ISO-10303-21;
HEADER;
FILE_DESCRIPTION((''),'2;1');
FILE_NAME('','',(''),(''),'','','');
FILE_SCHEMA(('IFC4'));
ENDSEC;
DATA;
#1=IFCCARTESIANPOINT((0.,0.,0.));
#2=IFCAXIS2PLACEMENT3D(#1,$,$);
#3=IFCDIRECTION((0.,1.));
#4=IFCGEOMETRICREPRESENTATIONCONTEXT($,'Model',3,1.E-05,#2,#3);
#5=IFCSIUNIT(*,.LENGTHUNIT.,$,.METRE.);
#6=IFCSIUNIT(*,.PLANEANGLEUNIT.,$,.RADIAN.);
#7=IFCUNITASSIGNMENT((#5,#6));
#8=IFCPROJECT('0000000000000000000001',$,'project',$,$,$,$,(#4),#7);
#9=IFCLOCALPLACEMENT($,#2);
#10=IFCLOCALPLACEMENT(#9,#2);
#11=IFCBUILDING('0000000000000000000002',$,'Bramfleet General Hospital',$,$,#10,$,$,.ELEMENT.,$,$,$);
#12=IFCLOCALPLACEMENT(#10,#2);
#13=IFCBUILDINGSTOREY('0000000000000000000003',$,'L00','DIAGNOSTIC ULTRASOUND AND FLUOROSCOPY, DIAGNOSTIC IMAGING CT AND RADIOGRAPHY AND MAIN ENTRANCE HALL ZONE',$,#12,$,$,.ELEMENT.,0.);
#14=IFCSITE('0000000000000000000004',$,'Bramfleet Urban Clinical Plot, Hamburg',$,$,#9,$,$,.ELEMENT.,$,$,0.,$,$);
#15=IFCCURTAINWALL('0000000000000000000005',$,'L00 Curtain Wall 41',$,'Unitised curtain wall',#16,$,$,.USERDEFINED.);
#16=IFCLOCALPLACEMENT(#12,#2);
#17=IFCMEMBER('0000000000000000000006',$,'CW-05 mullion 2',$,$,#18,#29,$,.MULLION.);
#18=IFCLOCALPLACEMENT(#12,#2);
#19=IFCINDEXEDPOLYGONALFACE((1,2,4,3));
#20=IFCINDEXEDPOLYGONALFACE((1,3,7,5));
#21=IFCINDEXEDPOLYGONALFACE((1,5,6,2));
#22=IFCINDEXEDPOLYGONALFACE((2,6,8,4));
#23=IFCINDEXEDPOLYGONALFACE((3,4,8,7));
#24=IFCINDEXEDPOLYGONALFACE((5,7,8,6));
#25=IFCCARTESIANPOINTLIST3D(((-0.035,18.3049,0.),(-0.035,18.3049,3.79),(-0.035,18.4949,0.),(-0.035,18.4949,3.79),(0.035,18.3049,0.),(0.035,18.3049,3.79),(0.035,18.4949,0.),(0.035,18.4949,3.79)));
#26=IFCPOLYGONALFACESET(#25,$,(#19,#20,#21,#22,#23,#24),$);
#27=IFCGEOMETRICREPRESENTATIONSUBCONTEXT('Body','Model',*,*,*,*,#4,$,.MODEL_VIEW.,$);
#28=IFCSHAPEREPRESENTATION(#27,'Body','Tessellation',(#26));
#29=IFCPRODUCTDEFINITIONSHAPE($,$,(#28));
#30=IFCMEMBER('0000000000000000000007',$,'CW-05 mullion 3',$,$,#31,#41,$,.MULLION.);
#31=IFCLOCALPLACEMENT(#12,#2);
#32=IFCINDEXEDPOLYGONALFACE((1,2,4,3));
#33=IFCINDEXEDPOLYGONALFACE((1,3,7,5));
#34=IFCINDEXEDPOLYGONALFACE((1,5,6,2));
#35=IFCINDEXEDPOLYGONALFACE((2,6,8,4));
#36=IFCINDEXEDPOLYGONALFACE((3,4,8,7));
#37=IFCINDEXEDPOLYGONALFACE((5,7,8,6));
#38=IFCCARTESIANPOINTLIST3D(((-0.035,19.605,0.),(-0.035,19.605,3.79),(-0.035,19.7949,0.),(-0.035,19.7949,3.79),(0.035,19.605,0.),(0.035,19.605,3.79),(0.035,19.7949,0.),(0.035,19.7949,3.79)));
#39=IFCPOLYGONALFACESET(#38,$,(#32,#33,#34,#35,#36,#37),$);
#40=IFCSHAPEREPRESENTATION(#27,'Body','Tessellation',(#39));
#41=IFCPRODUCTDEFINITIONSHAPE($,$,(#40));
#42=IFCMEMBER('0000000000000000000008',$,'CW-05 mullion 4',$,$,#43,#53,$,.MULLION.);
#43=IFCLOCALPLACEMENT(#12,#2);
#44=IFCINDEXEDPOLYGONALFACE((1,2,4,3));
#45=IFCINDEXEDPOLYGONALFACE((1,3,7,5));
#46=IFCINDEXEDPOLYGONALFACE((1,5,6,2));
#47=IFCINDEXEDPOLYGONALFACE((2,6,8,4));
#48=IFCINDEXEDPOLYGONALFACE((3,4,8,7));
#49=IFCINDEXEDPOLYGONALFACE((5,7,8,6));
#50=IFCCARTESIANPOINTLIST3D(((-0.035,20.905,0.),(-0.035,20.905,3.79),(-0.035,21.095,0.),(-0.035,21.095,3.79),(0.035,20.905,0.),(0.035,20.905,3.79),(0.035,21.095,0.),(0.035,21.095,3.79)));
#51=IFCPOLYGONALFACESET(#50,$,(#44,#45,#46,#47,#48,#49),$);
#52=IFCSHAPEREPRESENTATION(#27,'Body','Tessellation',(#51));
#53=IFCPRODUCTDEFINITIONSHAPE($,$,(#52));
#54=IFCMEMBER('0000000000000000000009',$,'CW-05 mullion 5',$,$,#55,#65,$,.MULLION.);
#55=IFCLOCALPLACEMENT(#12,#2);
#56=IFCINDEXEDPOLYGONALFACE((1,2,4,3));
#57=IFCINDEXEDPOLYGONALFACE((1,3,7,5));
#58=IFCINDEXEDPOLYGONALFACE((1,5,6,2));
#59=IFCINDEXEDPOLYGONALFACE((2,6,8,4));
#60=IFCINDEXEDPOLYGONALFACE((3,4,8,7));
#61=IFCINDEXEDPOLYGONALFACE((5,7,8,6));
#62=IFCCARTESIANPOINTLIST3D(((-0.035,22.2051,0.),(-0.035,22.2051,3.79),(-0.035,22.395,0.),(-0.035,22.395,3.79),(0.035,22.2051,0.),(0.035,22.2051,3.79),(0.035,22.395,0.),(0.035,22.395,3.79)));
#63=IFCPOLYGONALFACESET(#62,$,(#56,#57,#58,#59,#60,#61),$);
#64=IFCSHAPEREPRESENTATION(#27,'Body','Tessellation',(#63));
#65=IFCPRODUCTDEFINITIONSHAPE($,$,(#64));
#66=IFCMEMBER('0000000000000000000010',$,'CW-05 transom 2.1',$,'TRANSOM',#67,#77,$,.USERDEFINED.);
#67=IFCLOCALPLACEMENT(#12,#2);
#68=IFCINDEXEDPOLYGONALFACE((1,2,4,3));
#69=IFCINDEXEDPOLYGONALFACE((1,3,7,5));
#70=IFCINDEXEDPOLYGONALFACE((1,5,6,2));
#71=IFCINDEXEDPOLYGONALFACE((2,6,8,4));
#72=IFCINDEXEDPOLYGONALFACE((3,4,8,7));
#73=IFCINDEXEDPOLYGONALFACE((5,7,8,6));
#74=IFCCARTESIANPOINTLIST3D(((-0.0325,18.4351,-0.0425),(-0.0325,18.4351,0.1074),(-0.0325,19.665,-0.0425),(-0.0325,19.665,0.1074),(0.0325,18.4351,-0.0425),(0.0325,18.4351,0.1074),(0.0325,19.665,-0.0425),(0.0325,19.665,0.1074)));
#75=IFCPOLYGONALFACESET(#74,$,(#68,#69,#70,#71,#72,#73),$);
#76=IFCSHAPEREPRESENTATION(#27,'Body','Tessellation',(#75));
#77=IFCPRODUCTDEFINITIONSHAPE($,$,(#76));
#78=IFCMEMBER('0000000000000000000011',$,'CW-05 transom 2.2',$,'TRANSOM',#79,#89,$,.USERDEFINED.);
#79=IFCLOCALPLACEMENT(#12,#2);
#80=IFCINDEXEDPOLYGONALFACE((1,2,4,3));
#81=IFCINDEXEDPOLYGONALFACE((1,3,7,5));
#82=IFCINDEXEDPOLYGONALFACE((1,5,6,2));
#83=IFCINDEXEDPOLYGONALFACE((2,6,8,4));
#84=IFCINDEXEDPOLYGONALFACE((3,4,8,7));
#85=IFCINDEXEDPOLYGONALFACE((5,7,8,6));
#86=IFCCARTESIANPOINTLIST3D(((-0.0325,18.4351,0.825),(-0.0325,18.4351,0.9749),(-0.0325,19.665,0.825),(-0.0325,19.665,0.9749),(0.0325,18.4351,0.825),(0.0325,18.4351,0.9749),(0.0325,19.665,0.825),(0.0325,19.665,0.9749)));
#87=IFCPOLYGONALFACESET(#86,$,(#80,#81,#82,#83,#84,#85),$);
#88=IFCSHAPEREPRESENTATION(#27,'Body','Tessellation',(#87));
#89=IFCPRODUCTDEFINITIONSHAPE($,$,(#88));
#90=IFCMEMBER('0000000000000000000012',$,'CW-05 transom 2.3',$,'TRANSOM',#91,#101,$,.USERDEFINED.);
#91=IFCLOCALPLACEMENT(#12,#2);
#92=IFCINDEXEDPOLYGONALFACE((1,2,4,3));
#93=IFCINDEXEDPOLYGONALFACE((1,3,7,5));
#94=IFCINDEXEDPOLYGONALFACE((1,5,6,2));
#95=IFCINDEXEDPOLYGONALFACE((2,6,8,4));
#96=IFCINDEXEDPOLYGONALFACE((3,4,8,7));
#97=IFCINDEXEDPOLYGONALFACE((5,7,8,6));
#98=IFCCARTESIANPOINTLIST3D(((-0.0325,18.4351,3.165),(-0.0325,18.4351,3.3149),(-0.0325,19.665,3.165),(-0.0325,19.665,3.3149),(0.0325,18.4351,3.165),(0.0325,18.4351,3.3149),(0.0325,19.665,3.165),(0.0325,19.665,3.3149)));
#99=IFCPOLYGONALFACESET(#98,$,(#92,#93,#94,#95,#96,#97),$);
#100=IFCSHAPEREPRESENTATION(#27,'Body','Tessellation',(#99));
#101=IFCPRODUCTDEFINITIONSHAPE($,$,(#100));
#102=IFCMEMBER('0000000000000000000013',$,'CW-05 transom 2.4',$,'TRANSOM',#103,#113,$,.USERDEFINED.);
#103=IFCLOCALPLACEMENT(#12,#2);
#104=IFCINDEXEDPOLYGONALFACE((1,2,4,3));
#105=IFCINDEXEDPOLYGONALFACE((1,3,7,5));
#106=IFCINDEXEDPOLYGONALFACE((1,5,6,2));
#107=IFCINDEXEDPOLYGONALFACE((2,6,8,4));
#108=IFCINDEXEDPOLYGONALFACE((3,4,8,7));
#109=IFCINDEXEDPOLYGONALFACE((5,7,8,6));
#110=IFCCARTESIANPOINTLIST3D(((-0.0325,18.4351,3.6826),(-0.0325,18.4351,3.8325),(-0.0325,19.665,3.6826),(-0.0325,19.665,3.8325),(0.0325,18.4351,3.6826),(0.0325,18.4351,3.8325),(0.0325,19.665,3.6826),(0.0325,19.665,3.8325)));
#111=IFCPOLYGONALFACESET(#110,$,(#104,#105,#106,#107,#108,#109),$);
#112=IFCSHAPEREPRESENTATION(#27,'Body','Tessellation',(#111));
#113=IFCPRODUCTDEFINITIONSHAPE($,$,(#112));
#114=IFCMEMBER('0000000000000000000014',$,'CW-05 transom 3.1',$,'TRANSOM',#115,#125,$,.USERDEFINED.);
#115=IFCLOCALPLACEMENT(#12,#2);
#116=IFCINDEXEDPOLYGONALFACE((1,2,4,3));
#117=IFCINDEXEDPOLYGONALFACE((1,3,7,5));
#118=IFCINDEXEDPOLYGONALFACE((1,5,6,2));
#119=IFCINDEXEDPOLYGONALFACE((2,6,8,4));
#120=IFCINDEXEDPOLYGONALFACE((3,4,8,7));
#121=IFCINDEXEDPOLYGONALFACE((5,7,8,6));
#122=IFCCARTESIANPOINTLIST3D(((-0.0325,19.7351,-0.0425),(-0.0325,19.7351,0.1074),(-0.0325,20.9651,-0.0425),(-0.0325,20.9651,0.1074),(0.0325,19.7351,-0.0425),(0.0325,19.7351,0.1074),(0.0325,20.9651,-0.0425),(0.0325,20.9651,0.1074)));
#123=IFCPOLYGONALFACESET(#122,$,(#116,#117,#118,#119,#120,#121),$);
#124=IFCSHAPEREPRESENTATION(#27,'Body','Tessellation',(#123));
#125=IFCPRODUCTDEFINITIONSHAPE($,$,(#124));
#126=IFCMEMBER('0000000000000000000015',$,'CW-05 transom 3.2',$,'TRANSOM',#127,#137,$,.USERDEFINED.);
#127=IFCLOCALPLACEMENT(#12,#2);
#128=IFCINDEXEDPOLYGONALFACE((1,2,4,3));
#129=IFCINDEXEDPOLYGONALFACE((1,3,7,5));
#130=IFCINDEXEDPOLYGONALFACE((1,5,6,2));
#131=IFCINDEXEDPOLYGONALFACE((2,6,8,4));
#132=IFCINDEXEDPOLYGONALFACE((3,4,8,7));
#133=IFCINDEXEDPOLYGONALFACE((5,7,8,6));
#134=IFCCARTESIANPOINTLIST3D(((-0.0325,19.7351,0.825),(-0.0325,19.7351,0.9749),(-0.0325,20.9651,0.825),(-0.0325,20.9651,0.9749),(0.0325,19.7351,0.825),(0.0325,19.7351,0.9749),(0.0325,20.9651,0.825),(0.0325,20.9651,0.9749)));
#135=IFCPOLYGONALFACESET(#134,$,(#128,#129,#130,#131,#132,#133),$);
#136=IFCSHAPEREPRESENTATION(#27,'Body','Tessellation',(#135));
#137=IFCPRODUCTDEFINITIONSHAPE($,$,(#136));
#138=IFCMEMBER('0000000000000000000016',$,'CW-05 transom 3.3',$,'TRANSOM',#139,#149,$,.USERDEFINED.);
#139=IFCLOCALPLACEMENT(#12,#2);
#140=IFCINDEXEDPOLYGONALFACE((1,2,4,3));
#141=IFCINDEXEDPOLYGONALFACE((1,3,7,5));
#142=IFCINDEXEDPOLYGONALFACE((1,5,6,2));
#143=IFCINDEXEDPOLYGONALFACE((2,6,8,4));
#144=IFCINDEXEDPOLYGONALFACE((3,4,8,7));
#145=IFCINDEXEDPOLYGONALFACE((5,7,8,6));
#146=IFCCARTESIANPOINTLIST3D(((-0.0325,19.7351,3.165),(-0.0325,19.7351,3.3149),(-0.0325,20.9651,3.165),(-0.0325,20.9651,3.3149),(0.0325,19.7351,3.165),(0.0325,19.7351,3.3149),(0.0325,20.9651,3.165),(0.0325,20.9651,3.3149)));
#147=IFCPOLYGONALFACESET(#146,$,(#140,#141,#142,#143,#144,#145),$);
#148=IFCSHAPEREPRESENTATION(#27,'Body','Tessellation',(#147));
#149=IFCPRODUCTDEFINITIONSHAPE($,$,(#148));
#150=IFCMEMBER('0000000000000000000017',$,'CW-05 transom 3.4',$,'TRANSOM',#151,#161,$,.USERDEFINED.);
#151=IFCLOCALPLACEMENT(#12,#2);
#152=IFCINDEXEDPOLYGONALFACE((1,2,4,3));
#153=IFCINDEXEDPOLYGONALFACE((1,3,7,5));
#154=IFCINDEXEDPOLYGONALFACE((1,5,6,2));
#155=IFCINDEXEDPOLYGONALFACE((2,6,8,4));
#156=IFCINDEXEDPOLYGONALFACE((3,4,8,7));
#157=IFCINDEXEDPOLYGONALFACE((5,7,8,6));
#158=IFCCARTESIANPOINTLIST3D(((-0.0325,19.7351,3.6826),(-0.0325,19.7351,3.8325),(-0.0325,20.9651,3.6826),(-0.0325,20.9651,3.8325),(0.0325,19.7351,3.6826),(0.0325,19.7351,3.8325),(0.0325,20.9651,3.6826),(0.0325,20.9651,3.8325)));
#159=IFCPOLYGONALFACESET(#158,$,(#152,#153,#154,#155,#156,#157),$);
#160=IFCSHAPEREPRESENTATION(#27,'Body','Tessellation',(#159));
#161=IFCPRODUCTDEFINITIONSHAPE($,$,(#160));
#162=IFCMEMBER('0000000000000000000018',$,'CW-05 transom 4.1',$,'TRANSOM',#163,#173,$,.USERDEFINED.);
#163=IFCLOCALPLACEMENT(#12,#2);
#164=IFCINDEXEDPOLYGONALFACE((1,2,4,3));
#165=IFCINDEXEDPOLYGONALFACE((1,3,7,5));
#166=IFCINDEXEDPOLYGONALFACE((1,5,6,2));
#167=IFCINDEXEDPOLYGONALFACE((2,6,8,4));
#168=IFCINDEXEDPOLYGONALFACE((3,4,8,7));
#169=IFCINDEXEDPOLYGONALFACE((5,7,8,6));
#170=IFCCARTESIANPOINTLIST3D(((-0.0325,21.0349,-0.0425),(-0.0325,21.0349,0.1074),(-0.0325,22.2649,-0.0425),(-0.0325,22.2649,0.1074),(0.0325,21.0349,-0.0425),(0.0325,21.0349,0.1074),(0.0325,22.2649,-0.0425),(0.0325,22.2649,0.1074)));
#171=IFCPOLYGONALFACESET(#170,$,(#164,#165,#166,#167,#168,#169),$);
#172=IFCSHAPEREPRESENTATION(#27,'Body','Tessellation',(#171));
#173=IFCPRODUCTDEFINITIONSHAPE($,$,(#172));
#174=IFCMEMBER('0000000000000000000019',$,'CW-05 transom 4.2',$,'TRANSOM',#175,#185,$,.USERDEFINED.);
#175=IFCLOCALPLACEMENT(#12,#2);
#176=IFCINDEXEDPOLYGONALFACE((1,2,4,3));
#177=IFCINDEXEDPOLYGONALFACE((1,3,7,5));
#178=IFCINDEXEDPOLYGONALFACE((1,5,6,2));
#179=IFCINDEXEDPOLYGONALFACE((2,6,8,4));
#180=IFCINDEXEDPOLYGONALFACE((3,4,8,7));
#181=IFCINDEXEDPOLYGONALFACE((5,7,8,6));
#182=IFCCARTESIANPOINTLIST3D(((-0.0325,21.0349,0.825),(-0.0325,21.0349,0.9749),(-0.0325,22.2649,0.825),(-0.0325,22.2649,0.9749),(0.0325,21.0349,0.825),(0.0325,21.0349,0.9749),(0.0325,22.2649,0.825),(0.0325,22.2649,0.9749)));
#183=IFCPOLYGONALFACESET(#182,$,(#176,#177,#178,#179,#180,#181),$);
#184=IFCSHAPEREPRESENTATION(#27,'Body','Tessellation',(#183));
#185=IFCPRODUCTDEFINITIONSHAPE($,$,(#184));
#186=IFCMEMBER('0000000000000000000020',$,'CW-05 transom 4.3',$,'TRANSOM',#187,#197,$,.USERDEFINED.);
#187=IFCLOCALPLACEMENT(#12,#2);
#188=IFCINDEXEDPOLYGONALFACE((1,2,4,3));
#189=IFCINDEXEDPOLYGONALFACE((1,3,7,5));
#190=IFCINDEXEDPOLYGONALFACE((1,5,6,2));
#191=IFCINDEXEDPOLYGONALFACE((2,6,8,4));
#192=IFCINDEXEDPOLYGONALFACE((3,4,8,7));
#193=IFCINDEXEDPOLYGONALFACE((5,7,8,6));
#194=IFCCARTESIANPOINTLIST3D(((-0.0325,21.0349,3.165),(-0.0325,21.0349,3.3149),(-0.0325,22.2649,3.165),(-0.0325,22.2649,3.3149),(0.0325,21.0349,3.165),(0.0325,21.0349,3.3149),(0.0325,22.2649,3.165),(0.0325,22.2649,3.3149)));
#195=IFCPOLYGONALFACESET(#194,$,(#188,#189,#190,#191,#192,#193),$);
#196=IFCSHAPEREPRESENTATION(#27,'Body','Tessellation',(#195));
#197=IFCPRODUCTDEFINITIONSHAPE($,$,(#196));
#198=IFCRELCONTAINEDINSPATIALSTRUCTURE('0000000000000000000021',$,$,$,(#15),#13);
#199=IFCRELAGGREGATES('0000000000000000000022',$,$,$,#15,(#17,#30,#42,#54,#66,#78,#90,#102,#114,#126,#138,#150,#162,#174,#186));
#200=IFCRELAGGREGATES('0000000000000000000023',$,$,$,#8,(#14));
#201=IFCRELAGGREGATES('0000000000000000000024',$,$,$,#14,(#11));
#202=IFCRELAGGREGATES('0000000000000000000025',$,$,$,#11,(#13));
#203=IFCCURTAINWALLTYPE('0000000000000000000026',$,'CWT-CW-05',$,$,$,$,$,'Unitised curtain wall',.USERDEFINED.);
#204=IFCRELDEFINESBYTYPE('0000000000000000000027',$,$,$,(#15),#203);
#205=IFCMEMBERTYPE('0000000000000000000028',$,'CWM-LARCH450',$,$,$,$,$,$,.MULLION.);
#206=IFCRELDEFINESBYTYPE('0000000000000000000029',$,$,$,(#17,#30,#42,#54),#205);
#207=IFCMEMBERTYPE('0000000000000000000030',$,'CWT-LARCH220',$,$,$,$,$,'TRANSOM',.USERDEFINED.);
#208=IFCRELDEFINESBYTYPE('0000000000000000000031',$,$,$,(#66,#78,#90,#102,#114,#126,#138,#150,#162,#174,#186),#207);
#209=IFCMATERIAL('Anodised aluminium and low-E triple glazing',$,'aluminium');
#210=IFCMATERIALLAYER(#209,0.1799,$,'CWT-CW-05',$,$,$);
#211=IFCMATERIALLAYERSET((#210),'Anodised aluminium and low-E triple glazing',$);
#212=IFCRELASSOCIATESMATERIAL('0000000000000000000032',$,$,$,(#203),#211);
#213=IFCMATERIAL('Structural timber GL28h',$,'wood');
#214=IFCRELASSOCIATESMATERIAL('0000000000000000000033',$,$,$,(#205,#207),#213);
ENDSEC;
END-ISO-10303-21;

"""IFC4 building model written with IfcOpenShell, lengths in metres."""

from ifc_helpers import new_model, si_unit, direction, frame, origin, origin_2d, place, context, subcontext, project, spatial, rectangle, extrude, material, layer, layer_set, material_profile, profile_set, type_object, element, aggregate, save


model = new_model("IFC4")

# Units and contexts
model_context = context("Model", 3, precision=1e-05, world=origin(), true_north=direction((0.0, 1.0)))
body_context = subcontext(model_context, "Body", "Model", "MODEL_VIEW")
ifc_project = project(units=[si_unit("LENGTHUNIT", "METRE"), si_unit("PLANEANGLEUNIT", "RADIAN")], contexts=[model_context])

# Site, building, storey
site_placement = place(None, origin())
site = spatial("IfcSite", under=ifc_project, at=site_placement, Name="Bramfleet Urban Clinical Plot, Hamburg", CompositionType="ELEMENT", RefElevation=0.0)
building_placement = place(site_placement, origin())
building = spatial("IfcBuilding", under=site, at=building_placement, Name="Bramfleet General Hospital", CompositionType="ELEMENT")
storey_placement = place(building_placement, origin())
storey = spatial("IfcBuildingStorey", under=building, at=storey_placement, Name="L00", Description="DIAGNOSTIC ULTRASOUND AND FLUOROSCOPY, DIAGNOSTIC IMAGING CT AND RADIOGRAPHY AND MAIN ENTRANCE HALL ZONE", CompositionType="ELEMENT", Elevation=0.0)

# Curtain wall, members
ifc_material_1 = material(Name="Anodised aluminium and low-E triple glazing", Category="aluminium")
ifc_layer_1 = layer(ifc_material_1, 0.1799, Name="CWT-CW-05")
ifc_layer_set_1 = layer_set([ifc_layer_1], Name="Anodised aluminium and low-E triple glazing")
curtain_wall_type = type_object("IfcCurtainWallType", Name="CWT-CW-05", ElementType="Unitised curtain wall", PredefinedType="USERDEFINED", material=ifc_layer_set_1)
curtain_wall_placement = place(storey_placement, origin())
curtain_wall = element("IfcCurtainWall", 1, at=curtain_wall_placement, inside=storey, type_object=curtain_wall_type, Name="L00 Curtain Wall 41", ObjectType="Unitised curtain wall", PredefinedType="USERDEFINED")
ifc_material_2 = material(Name="Structural timber GL28h", Category="wood")
ifc_material_profile_1 = material_profile(ifc_material_2, rectangle(XDim=0.0701, YDim=0.1899, at=origin_2d()), Name="LARCH 190x70")
ifc_profile_set_1 = profile_set([ifc_material_profile_1], Name="Structural timber GL28h")
member_type_1 = type_object("IfcMemberType", Name="CWM-LARCH450", PredefinedType="MULLION", material=ifc_profile_set_1)
member_1_placement = place(storey_placement, frame((0.0, 18.3999, 0.0), z_axis=(0.0, 0.0, 1.0), x_axis=(-1.0, 0.0, 0.0)))
member_1 = element("IfcMember", 2, at=member_1_placement, type_object=member_type_1, Name="CW-05 mullion 2", PredefinedType="MULLION", context=body_context, shape_type="SweptSolid", body=[
    extrude(rectangle(XDim=0.0701, YDim=0.1899, at=origin_2d()), origin(), (0.0, 0.0, 1.0), 3.79),
])
member_2_placement = place(storey_placement, frame((0.0, 19.7, 0.0), z_axis=(0.0, 0.0, 1.0), x_axis=(-1.0, 0.0, 0.0)))
member_2 = element("IfcMember", 3, at=member_2_placement, type_object=member_type_1, Name="CW-05 mullion 3", PredefinedType="MULLION", context=body_context, shape_type="SweptSolid", body=[
    extrude(rectangle(XDim=0.0701, YDim=0.1899, at=origin_2d()), origin(), (0.0, 0.0, 1.0), 3.79),
])
member_3_placement = place(storey_placement, frame((0.0, 21.0, 0.0), z_axis=(0.0, 0.0, 1.0), x_axis=(-1.0, 0.0, 0.0)))
member_3 = element("IfcMember", 4, at=member_3_placement, type_object=member_type_1, Name="CW-05 mullion 4", PredefinedType="MULLION", context=body_context, shape_type="SweptSolid", body=[
    extrude(rectangle(XDim=0.0701, YDim=0.1899, at=origin_2d()), origin(), (0.0, 0.0, 1.0), 3.79),
])
member_4_placement = place(storey_placement, frame((0.0, 22.3, 0.0), z_axis=(0.0, 0.0, 1.0), x_axis=(-1.0, 0.0, 0.0)))
member_4 = element("IfcMember", 5, at=member_4_placement, type_object=member_type_1, Name="CW-05 mullion 5", PredefinedType="MULLION", context=body_context, shape_type="SweptSolid", body=[
    extrude(rectangle(XDim=0.0701, YDim=0.1899, at=origin_2d()), origin(), (0.0, 0.0, 1.0), 3.79),
])
ifc_material_profile_2 = material_profile(ifc_material_2, rectangle(XDim=0.0649, YDim=0.1499, at=origin_2d()), Name="LARCH 150x65")
ifc_profile_set_2 = profile_set([ifc_material_profile_2], Name="Structural timber GL28h")
member_type_2 = type_object("IfcMemberType", Name="CWT-LARCH220", ElementType="TRANSOM", PredefinedType="USERDEFINED", material=ifc_profile_set_2)
member_5_placement = place(storey_placement, frame((0.0, 18.4351, 0.0325), z_axis=(0.0, 1.0, 0.0), x_axis=(-1.0, 0.0, 0.0)))
member_5 = element("IfcMember", 6, at=member_5_placement, type_object=member_type_2, Name="CW-05 transom 2.1", ObjectType="TRANSOM", PredefinedType="USERDEFINED", context=body_context, shape_type="SweptSolid", body=[
    extrude(rectangle(XDim=0.0649, YDim=0.1499, at=origin_2d()), origin(), (0.0, 0.0, 1.0), 1.23),
])
member_6_placement = place(storey_placement, frame((0.0, 18.4351, 0.8999), z_axis=(0.0, 1.0, 0.0), x_axis=(-1.0, 0.0, 0.0)))
member_6 = element("IfcMember", 7, at=member_6_placement, type_object=member_type_2, Name="CW-05 transom 2.2", ObjectType="TRANSOM", PredefinedType="USERDEFINED", context=body_context, shape_type="SweptSolid", body=[
    extrude(rectangle(XDim=0.0649, YDim=0.1499, at=origin_2d()), origin(), (0.0, 0.0, 1.0), 1.23),
])
member_7_placement = place(storey_placement, frame((0.0, 18.4351, 3.24), z_axis=(0.0, 1.0, 0.0), x_axis=(-1.0, 0.0, 0.0)))
member_7 = element("IfcMember", 8, at=member_7_placement, type_object=member_type_2, Name="CW-05 transom 2.3", ObjectType="TRANSOM", PredefinedType="USERDEFINED", context=body_context, shape_type="SweptSolid", body=[
    extrude(rectangle(XDim=0.0649, YDim=0.1499, at=origin_2d()), origin(), (0.0, 0.0, 1.0), 1.23),
])
member_8_placement = place(storey_placement, frame((0.0, 18.4351, 3.7576), z_axis=(0.0, 1.0, 0.0), x_axis=(-1.0, 0.0, 0.0)))
member_8 = element("IfcMember", 9, at=member_8_placement, type_object=member_type_2, Name="CW-05 transom 2.4", ObjectType="TRANSOM", PredefinedType="USERDEFINED", context=body_context, shape_type="SweptSolid", body=[
    extrude(rectangle(XDim=0.0649, YDim=0.1499, at=origin_2d()), origin(), (0.0, 0.0, 1.0), 1.23),
])
member_9_placement = place(storey_placement, frame((0.0, 19.7351, 0.0325), z_axis=(0.0, 1.0, 0.0), x_axis=(-1.0, 0.0, 0.0)))
member_9 = element("IfcMember", 10, at=member_9_placement, type_object=member_type_2, Name="CW-05 transom 3.1", ObjectType="TRANSOM", PredefinedType="USERDEFINED", context=body_context, shape_type="SweptSolid", body=[
    extrude(rectangle(XDim=0.0649, YDim=0.1499, at=origin_2d()), origin(), (0.0, 0.0, 1.0), 1.23),
])
member_10_placement = place(storey_placement, frame((0.0, 19.7351, 0.8999), z_axis=(0.0, 1.0, 0.0), x_axis=(-1.0, 0.0, 0.0)))
member_10 = element("IfcMember", 11, at=member_10_placement, type_object=member_type_2, Name="CW-05 transom 3.2", ObjectType="TRANSOM", PredefinedType="USERDEFINED", context=body_context, shape_type="SweptSolid", body=[
    extrude(rectangle(XDim=0.0649, YDim=0.1499, at=origin_2d()), origin(), (0.0, 0.0, 1.0), 1.23),
])
member_11_placement = place(storey_placement, frame((0.0, 19.7351, 3.24), z_axis=(0.0, 1.0, 0.0), x_axis=(-1.0, 0.0, 0.0)))
member_11 = element("IfcMember", 12, at=member_11_placement, type_object=member_type_2, Name="CW-05 transom 3.3", ObjectType="TRANSOM", PredefinedType="USERDEFINED", context=body_context, shape_type="SweptSolid", body=[
    extrude(rectangle(XDim=0.0649, YDim=0.1499, at=origin_2d()), origin(), (0.0, 0.0, 1.0), 1.23),
])
member_12_placement = place(storey_placement, frame((0.0, 19.7351, 3.7576), z_axis=(0.0, 1.0, 0.0), x_axis=(-1.0, 0.0, 0.0)))
member_12 = element("IfcMember", 13, at=member_12_placement, type_object=member_type_2, Name="CW-05 transom 3.4", ObjectType="TRANSOM", PredefinedType="USERDEFINED", context=body_context, shape_type="SweptSolid", body=[
    extrude(rectangle(XDim=0.0649, YDim=0.1499, at=origin_2d()), origin(), (0.0, 0.0, 1.0), 1.23),
])
member_13_placement = place(storey_placement, frame((0.0, 21.0349, 0.0325), z_axis=(0.0, 1.0, 0.0), x_axis=(-1.0, 0.0, 0.0)))
member_13 = element("IfcMember", 14, at=member_13_placement, type_object=member_type_2, Name="CW-05 transom 4.1", ObjectType="TRANSOM", PredefinedType="USERDEFINED", context=body_context, shape_type="SweptSolid", body=[
    extrude(rectangle(XDim=0.0649, YDim=0.1499, at=origin_2d()), origin(), (0.0, 0.0, 1.0), 1.23),
])
member_14_placement = place(storey_placement, frame((0.0, 21.0349, 0.8999), z_axis=(0.0, 1.0, 0.0), x_axis=(-1.0, 0.0, 0.0)))
member_14 = element("IfcMember", 15, at=member_14_placement, type_object=member_type_2, Name="CW-05 transom 4.2", ObjectType="TRANSOM", PredefinedType="USERDEFINED", context=body_context, shape_type="SweptSolid", body=[
    extrude(rectangle(XDim=0.0649, YDim=0.1499, at=origin_2d()), origin(), (0.0, 0.0, 1.0), 1.23),
])
member_15_placement = place(storey_placement, frame((0.0, 21.0349, 3.24), z_axis=(0.0, 1.0, 0.0), x_axis=(-1.0, 0.0, 0.0)))
member_15 = element("IfcMember", 16, at=member_15_placement, type_object=member_type_2, Name="CW-05 transom 4.3", ObjectType="TRANSOM", PredefinedType="USERDEFINED", context=body_context, shape_type="SweptSolid", body=[
    extrude(rectangle(XDim=0.0649, YDim=0.1499, at=origin_2d()), origin(), (0.0, 0.0, 1.0), 1.23),
])
aggregate(curtain_wall, [member_1, member_2, member_3, member_4, member_5, member_6, member_7, member_8, member_9, member_10, member_11, member_12, member_13, member_14, member_15])

save(model, "model.ifc")
